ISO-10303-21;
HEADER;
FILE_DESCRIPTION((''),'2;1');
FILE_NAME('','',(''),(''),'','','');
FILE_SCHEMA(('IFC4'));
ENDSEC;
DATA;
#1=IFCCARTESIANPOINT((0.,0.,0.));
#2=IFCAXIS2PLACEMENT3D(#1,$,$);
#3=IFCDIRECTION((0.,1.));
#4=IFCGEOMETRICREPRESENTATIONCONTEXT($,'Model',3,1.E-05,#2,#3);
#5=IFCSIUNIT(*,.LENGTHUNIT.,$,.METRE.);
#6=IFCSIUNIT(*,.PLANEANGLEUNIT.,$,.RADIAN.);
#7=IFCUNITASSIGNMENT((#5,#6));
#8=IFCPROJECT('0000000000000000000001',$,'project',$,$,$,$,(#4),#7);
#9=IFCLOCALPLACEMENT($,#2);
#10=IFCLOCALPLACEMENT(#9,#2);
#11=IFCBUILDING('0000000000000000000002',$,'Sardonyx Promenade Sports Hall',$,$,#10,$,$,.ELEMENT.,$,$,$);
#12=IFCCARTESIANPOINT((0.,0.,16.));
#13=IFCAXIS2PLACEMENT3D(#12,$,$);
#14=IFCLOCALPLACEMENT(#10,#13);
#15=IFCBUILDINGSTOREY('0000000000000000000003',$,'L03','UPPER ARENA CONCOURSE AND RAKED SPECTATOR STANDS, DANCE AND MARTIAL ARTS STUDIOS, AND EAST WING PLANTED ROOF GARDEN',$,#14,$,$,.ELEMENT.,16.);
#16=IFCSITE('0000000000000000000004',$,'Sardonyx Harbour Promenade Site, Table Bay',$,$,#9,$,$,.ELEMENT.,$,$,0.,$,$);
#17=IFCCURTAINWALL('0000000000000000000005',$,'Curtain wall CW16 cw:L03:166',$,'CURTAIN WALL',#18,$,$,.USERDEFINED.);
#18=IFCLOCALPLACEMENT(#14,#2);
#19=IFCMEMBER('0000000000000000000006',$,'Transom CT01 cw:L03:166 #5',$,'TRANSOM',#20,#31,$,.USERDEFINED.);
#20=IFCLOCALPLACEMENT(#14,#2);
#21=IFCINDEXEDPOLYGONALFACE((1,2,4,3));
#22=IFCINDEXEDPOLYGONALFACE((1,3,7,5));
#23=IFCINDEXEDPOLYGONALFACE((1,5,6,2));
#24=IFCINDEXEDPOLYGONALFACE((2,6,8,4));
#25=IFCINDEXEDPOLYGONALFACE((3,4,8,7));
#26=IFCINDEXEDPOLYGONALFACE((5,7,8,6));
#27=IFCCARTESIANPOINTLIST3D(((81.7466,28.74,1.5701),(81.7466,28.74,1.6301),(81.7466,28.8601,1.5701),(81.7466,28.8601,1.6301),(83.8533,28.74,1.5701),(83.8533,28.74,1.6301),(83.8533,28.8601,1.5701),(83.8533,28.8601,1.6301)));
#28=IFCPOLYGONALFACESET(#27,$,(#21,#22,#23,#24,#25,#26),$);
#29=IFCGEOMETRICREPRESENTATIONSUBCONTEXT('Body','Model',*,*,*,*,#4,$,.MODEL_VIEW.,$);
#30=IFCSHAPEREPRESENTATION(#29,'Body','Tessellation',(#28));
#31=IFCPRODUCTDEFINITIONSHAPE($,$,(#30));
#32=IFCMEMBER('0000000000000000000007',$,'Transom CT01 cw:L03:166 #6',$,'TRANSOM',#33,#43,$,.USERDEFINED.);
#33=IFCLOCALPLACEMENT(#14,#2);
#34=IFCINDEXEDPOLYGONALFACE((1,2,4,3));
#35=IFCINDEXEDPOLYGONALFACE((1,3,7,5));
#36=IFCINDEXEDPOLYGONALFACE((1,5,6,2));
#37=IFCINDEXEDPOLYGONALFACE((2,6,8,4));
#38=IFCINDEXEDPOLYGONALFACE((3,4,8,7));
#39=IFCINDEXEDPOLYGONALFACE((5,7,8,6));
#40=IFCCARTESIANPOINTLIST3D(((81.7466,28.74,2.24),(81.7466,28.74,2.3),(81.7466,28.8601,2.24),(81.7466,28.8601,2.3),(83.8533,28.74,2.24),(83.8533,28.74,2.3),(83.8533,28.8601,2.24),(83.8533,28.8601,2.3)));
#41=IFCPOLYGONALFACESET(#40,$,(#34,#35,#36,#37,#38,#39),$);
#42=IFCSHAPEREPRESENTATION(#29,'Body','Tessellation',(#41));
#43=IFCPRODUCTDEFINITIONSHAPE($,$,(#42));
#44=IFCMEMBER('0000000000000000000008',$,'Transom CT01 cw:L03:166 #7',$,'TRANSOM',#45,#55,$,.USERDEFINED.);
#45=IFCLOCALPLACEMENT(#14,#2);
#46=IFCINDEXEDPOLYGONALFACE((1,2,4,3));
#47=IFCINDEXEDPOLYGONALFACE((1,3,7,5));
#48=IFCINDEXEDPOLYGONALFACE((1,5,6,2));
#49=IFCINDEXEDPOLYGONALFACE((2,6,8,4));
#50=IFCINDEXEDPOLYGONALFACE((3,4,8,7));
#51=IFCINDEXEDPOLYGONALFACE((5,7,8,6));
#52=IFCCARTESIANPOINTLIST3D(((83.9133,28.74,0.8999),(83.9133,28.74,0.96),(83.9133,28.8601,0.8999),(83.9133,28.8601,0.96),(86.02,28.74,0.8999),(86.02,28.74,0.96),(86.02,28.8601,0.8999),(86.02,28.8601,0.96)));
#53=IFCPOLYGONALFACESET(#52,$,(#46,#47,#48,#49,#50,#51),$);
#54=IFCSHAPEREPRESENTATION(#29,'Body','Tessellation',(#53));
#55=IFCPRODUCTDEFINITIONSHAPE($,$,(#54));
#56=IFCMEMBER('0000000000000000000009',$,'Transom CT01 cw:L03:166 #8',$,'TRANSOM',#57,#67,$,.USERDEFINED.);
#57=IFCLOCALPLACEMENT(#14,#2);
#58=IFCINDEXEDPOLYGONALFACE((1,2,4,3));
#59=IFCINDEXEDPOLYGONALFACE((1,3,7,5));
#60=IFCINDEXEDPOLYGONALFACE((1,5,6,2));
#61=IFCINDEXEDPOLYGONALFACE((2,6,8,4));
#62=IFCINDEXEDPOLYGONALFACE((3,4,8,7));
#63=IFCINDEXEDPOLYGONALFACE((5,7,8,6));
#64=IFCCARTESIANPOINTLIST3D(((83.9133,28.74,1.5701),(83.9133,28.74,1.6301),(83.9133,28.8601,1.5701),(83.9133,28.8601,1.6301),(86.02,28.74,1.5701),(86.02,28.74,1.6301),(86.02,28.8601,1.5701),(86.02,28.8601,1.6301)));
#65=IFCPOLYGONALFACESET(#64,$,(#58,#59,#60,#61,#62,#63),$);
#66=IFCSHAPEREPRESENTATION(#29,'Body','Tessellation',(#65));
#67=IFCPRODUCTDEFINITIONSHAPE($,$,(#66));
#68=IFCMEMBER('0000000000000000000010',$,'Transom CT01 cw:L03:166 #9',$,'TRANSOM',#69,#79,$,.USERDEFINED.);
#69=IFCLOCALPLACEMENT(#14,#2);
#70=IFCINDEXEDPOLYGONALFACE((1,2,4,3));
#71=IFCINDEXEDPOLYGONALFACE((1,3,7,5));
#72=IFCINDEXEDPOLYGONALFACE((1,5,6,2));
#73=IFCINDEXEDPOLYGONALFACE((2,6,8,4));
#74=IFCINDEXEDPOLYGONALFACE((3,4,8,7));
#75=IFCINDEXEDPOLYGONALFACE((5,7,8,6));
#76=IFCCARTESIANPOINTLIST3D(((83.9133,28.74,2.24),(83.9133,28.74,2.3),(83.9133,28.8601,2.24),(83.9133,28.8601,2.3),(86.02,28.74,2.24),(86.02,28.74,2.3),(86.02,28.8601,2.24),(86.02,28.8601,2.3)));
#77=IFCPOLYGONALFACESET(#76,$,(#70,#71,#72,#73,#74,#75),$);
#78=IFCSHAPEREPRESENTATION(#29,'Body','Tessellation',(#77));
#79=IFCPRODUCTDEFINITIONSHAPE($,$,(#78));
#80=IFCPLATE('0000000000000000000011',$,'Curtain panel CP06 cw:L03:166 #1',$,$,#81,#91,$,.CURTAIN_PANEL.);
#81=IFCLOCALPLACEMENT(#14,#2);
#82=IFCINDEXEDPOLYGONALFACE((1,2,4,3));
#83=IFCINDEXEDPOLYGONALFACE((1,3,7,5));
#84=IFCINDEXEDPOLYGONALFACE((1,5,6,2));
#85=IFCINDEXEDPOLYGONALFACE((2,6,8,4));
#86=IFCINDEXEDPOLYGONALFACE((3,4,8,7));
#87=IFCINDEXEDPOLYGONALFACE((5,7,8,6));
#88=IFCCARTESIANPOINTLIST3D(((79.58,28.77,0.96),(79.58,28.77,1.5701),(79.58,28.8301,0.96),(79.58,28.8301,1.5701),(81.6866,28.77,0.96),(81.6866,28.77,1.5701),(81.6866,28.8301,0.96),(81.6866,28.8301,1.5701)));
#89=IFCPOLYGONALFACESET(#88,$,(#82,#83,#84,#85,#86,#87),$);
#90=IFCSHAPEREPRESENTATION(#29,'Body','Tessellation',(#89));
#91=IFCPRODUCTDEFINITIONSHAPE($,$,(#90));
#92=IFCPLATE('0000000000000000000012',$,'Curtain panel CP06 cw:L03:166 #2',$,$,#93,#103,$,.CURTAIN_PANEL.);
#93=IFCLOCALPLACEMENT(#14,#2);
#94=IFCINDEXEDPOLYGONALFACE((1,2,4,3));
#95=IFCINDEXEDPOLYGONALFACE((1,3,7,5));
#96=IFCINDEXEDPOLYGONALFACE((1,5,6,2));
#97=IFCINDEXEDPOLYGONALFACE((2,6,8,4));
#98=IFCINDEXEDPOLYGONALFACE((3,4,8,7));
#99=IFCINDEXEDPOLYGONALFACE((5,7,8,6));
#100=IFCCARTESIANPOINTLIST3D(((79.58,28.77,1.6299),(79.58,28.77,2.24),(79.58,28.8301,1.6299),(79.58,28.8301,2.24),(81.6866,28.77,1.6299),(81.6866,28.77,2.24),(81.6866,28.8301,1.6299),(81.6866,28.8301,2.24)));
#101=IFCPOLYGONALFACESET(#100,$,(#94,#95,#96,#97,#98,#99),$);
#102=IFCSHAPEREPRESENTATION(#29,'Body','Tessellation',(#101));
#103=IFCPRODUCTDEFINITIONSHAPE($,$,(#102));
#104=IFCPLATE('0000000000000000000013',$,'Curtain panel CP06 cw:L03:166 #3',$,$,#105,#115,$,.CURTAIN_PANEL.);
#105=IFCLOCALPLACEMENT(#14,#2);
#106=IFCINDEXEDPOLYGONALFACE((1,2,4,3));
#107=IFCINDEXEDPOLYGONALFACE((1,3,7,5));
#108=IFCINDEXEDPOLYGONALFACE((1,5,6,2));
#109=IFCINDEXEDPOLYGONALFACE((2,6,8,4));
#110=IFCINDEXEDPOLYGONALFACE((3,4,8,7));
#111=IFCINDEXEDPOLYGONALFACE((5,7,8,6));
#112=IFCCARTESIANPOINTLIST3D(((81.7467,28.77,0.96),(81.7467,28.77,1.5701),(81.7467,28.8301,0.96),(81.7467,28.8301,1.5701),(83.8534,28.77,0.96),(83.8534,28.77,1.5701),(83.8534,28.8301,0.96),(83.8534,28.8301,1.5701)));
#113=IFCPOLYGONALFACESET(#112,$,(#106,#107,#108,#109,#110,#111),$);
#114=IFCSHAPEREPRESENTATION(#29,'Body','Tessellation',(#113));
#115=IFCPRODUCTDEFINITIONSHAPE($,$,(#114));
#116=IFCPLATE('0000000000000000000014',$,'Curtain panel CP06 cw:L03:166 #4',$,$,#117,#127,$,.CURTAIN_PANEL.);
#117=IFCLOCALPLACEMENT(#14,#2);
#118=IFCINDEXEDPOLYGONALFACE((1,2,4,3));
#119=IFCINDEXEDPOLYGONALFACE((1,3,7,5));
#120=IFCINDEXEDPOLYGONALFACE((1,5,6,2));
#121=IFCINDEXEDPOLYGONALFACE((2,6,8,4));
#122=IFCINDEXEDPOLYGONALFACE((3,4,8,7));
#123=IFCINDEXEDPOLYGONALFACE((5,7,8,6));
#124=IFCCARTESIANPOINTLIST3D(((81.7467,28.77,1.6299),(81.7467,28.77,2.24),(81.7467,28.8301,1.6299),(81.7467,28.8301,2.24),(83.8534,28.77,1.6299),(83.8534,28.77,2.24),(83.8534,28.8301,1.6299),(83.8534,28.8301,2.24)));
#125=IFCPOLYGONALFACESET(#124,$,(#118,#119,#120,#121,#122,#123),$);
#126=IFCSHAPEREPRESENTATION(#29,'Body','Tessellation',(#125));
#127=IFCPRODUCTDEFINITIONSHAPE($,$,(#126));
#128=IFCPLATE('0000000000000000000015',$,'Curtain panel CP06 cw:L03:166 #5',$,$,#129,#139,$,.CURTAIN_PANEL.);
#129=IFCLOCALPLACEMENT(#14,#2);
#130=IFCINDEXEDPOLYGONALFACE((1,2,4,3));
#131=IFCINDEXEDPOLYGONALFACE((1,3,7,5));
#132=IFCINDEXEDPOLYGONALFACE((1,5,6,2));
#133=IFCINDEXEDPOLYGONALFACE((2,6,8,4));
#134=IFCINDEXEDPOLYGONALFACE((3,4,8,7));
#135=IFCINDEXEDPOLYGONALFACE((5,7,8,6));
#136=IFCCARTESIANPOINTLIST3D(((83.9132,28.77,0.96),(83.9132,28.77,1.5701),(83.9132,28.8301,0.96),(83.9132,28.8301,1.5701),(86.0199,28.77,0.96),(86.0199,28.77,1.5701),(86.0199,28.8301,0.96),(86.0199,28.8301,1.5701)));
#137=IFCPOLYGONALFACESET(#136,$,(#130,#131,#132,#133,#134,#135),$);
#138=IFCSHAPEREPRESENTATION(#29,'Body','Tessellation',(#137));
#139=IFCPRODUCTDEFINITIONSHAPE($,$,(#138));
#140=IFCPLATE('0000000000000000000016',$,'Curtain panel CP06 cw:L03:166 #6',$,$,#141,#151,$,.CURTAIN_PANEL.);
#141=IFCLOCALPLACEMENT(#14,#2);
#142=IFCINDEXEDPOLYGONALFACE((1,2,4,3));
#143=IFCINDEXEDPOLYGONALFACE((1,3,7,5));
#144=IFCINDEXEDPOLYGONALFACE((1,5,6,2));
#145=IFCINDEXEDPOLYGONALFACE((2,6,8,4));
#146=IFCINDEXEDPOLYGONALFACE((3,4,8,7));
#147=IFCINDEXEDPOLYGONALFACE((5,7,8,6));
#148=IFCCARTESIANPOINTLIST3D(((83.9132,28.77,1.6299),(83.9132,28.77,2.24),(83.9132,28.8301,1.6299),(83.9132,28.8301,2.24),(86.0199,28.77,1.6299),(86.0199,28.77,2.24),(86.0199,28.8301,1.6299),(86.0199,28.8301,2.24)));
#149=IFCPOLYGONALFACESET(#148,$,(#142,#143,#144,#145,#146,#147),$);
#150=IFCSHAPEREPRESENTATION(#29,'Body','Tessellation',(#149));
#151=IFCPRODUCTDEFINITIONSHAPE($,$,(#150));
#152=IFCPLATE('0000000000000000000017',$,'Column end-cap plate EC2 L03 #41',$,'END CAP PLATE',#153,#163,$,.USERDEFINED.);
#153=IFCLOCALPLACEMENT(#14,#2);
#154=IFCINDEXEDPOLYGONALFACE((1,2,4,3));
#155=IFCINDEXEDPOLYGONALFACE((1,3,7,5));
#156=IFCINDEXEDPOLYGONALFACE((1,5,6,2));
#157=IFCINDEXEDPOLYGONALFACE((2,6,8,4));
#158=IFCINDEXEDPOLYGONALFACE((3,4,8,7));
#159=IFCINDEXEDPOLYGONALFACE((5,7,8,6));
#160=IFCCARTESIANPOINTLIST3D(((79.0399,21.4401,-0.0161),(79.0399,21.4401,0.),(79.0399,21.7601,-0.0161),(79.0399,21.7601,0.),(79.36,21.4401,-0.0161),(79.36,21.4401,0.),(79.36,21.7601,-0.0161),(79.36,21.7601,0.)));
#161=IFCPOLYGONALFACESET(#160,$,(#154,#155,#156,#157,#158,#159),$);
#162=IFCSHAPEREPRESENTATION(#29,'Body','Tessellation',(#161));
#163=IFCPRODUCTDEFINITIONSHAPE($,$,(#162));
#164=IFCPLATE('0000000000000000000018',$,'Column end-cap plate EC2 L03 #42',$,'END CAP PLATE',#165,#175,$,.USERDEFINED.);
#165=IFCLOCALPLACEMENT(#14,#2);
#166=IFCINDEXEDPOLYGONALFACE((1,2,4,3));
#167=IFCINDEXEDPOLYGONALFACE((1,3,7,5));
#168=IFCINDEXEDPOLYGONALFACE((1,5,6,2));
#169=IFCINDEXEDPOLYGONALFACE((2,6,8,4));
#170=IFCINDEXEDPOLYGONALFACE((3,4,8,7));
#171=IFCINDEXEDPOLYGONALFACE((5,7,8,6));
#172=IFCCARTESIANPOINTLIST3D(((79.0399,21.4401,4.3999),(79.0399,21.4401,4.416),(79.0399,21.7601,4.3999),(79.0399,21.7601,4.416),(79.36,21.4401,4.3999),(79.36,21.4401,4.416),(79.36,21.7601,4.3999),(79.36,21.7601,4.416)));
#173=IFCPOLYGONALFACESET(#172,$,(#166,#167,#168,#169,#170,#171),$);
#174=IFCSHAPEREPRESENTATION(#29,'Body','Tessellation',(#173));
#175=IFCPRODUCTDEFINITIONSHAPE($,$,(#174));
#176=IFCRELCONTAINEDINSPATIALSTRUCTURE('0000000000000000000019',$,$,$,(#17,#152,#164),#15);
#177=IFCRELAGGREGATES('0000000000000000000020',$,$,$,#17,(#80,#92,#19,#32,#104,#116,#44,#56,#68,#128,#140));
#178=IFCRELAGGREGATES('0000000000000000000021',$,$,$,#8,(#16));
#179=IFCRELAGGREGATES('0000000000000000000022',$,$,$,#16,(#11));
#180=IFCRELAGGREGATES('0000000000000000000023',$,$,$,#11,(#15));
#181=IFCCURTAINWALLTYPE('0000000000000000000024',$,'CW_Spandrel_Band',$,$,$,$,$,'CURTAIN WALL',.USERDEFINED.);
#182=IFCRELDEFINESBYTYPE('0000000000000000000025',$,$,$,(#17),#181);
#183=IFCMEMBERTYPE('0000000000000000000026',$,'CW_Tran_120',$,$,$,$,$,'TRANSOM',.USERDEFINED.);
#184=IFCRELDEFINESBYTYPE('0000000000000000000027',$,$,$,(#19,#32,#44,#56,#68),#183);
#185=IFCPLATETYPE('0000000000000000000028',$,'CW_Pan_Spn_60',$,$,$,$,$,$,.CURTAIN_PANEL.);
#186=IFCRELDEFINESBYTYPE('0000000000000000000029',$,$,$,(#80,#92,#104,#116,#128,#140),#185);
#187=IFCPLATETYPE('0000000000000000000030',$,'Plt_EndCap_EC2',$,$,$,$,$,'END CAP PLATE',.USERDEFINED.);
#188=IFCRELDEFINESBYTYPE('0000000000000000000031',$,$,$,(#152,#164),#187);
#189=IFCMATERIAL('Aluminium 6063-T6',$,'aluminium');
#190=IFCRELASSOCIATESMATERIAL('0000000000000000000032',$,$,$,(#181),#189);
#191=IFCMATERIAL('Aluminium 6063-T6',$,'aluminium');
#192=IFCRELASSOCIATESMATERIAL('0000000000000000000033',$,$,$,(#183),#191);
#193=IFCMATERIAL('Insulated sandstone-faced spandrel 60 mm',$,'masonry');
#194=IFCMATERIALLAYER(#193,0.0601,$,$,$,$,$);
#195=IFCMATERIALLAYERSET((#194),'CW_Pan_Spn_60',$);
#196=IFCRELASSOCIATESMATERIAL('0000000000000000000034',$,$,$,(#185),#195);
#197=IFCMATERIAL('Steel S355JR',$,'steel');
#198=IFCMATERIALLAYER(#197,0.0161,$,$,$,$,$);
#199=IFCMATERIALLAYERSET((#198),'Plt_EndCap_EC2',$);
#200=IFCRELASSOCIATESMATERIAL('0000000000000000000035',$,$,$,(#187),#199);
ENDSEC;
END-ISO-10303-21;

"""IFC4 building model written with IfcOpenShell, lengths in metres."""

from ifc_helpers import new_model, si_unit, direction, frame, origin, origin_2d, place, context, subcontext, project, spatial, rectangle, extrude, material, layer, layer_set, material_profile, profile_set, type_object, element, aggregate, save


model = new_model("IFC4")

# Units and contexts
model_context = context("Model", 3, precision=1e-05, world=origin(), true_north=direction((0.0, 1.0)))
body_context = subcontext(model_context, "Body", "Model", "MODEL_VIEW")
ifc_project = project(units=[si_unit("LENGTHUNIT", "METRE"), si_unit("PLANEANGLEUNIT", "RADIAN")], contexts=[model_context])

# Site, building, storey
site_placement = place(None, origin())
site = spatial("IfcSite", under=ifc_project, at=site_placement, Name="Sardonyx Harbour Promenade Site, Table Bay", CompositionType="ELEMENT", RefElevation=0.0)
building_placement = place(site_placement, origin())
building = spatial("IfcBuilding", under=site, at=building_placement, Name="Sardonyx Promenade Sports Hall", CompositionType="ELEMENT")
storey_placement = place(building_placement, frame((0.0, 0.0, 16.0)))
storey = spatial("IfcBuildingStorey", under=building, at=storey_placement, Name="L03", Description="UPPER ARENA CONCOURSE AND RAKED SPECTATOR STANDS, DANCE AND MARTIAL ARTS STUDIOS, AND EAST WING PLANTED ROOF GARDEN", CompositionType="ELEMENT", Elevation=16.0)

# Curtain wall, members, plates
ifc_material_1 = material(Name="Aluminium 6063-T6", Category="aluminium")
curtain_wall_type = type_object("IfcCurtainWallType", Name="CW_Spandrel_Band", ElementType="CURTAIN WALL", PredefinedType="USERDEFINED", material=ifc_material_1)
curtain_wall_placement = place(storey_placement, origin())
curtain_wall = element("IfcCurtainWall", 1, at=curtain_wall_placement, inside=storey, type_object=curtain_wall_type, Name="Curtain wall CW16 cw:L03:166", ObjectType="CURTAIN WALL", PredefinedType="USERDEFINED")
ifc_material_2 = material(Name="Aluminium 6063-T6", Category="aluminium")
ifc_material_profile_1 = material_profile(ifc_material_2, rectangle(XDim=0.0601, YDim=0.1201, at=origin_2d()))
ifc_profile_set_1 = profile_set([ifc_material_profile_1], Name="Aluminium 6063-T6")
member_type_1 = type_object("IfcMemberType", Name="CW_Tran_120", ElementType="TRANSOM", PredefinedType="USERDEFINED", material=ifc_profile_set_1)
member_1_placement = place(storey_placement, frame((81.7466, 28.8, 1.6001), z_axis=(1.0, 0.0, 0.0), x_axis=(0.0, 0.0, 1.0)))
member_1 = element("IfcMember", 2, at=member_1_placement, type_object=member_type_1, Name="Transom CT01 cw:L03:166 #5", ObjectType="TRANSOM", PredefinedType="USERDEFINED", context=body_context, shape_type="SweptSolid", body=[
    extrude(rectangle(XDim=0.0601, YDim=0.1201, at=origin_2d()), origin(), (0.0, 0.0, 1.0), 2.1067),
])
member_2_placement = place(storey_placement, frame((81.7466, 28.8, 2.27), z_axis=(1.0, 0.0, 0.0), x_axis=(0.0, 0.0, 1.0)))
member_2 = element("IfcMember", 3, at=member_2_placement, type_object=member_type_1, Name="Transom CT01 cw:L03:166 #6", ObjectType="TRANSOM", PredefinedType="USERDEFINED", context=body_context, shape_type="SweptSolid", body=[
    extrude(rectangle(XDim=0.0601, YDim=0.1201, at=origin_2d()), origin(), (0.0, 0.0, 1.0), 2.1067),
])
member_3_placement = place(storey_placement, frame((83.9133, 28.8, 0.9299), z_axis=(1.0, 0.0, 0.0), x_axis=(0.0, 0.0, 1.0)))
member_3 = element("IfcMember", 4, at=member_3_placement, type_object=member_type_1, Name="Transom CT01 cw:L03:166 #7", ObjectType="TRANSOM", PredefinedType="USERDEFINED", context=body_context, shape_type="SweptSolid", body=[
    extrude(rectangle(XDim=0.0601, YDim=0.1201, at=origin_2d()), origin(), (0.0, 0.0, 1.0), 2.1067),
])
member_4_placement = place(storey_placement, frame((83.9133, 28.8, 1.6001), z_axis=(1.0, 0.0, 0.0), x_axis=(0.0, 0.0, 1.0)))
member_4 = element("IfcMember", 5, at=member_4_placement, type_object=member_type_1, Name="Transom CT01 cw:L03:166 #8", ObjectType="TRANSOM", PredefinedType="USERDEFINED", context=body_context, shape_type="SweptSolid", body=[
    extrude(rectangle(XDim=0.0601, YDim=0.1201, at=origin_2d()), origin(), (0.0, 0.0, 1.0), 2.1067),
])
member_5_placement = place(storey_placement, frame((83.9133, 28.8, 2.27), z_axis=(1.0, 0.0, 0.0), x_axis=(0.0, 0.0, 1.0)))
member_5 = element("IfcMember", 6, at=member_5_placement, type_object=member_type_1, Name="Transom CT01 cw:L03:166 #9", ObjectType="TRANSOM", PredefinedType="USERDEFINED", context=body_context, shape_type="SweptSolid", body=[
    extrude(rectangle(XDim=0.0601, YDim=0.1201, at=origin_2d()), origin(), (0.0, 0.0, 1.0), 2.1067),
])
ifc_material_3 = material(Name="Insulated sandstone-faced spandrel 60 mm", Category="masonry")
ifc_layer_1 = layer(ifc_material_3, 0.0601)
ifc_layer_set_1 = layer_set([ifc_layer_1], Name="CW_Pan_Spn_60")
plate_type_1 = type_object("IfcPlateType", Name="CW_Pan_Spn_60", PredefinedType="CURTAIN_PANEL", material=ifc_layer_set_1)
plate_1_placement = place(storey_placement, frame((80.6333, 28.8, 0.96), z_axis=(0.0, 0.0, 1.0), x_axis=(1.0, 0.0, 0.0)))
plate_1 = element("IfcPlate", 7, at=plate_1_placement, type_object=plate_type_1, Name="Curtain panel CP06 cw:L03:166 #1", PredefinedType="CURTAIN_PANEL", context=body_context, shape_type="SweptSolid", body=[
    extrude(rectangle(XDim=2.1067, YDim=0.0601, at=origin_2d()), origin(), (0.0, 0.0, 1.0), 0.6101),
])
plate_2_placement = place(storey_placement, frame((80.6333, 28.8, 1.6299), z_axis=(0.0, 0.0, 1.0), x_axis=(1.0, 0.0, 0.0)))
plate_2 = element("IfcPlate", 8, at=plate_2_placement, type_object=plate_type_1, Name="Curtain panel CP06 cw:L03:166 #2", PredefinedType="CURTAIN_PANEL", context=body_context, shape_type="SweptSolid", body=[
    extrude(rectangle(XDim=2.1067, YDim=0.0601, at=origin_2d()), origin(), (0.0, 0.0, 1.0), 0.6101),
])
plate_3_placement = place(storey_placement, frame((82.8, 28.8, 0.96), z_axis=(0.0, 0.0, 1.0), x_axis=(1.0, 0.0, 0.0)))
plate_3 = element("IfcPlate", 9, at=plate_3_placement, type_object=plate_type_1, Name="Curtain panel CP06 cw:L03:166 #3", PredefinedType="CURTAIN_PANEL", context=body_context, shape_type="SweptSolid", body=[
    extrude(rectangle(XDim=2.1067, YDim=0.0601, at=origin_2d()), origin(), (0.0, 0.0, 1.0), 0.6101),
])
plate_4_placement = place(storey_placement, frame((82.8, 28.8, 1.6299), z_axis=(0.0, 0.0, 1.0), x_axis=(1.0, 0.0, 0.0)))
plate_4 = element("IfcPlate", 10, at=plate_4_placement, type_object=plate_type_1, Name="Curtain panel CP06 cw:L03:166 #4", PredefinedType="CURTAIN_PANEL", context=body_context, shape_type="SweptSolid", body=[
    extrude(rectangle(XDim=2.1067, YDim=0.0601, at=origin_2d()), origin(), (0.0, 0.0, 1.0), 0.6101),
])
plate_5_placement = place(storey_placement, frame((84.9666, 28.8, 0.96), z_axis=(0.0, 0.0, 1.0), x_axis=(1.0, 0.0, 0.0)))
plate_5 = element("IfcPlate", 11, at=plate_5_placement, type_object=plate_type_1, Name="Curtain panel CP06 cw:L03:166 #5", PredefinedType="CURTAIN_PANEL", context=body_context, shape_type="SweptSolid", body=[
    extrude(rectangle(XDim=2.1067, YDim=0.0601, at=origin_2d()), origin(), (0.0, 0.0, 1.0), 0.6101),
])
plate_6_placement = place(storey_placement, frame((84.9666, 28.8, 1.6299), z_axis=(0.0, 0.0, 1.0), x_axis=(1.0, 0.0, 0.0)))
plate_6 = element("IfcPlate", 12, at=plate_6_placement, type_object=plate_type_1, Name="Curtain panel CP06 cw:L03:166 #6", PredefinedType="CURTAIN_PANEL", context=body_context, shape_type="SweptSolid", body=[
    extrude(rectangle(XDim=2.1067, YDim=0.0601, at=origin_2d()), origin(), (0.0, 0.0, 1.0), 0.6101),
])
aggregate(curtain_wall, [plate_1, plate_2, member_1, member_2, plate_3, plate_4, member_3, member_4, member_5, plate_5, plate_6])

# Plates
ifc_material_4 = material(Name="Steel S355JR", Category="steel")
ifc_layer_2 = layer(ifc_material_4, 0.0161)
ifc_layer_set_2 = layer_set([ifc_layer_2], Name="Plt_EndCap_EC2")
plate_type_2 = type_object("IfcPlateType", Name="Plt_EndCap_EC2", ElementType="END CAP PLATE", PredefinedType="USERDEFINED", material=ifc_layer_set_2)
for number, where, z_axis, x_axis, name in (
    (13, (79.2, 21.6001, -0.0161), (0.0, 0.0, 1.0), (1.0, 0.0, 0.0), "Column end-cap plate EC2 L03 #41"),
    (14, (79.2, 21.6001, 4.3999), (0.0, 0.0, 1.0), (1.0, 0.0, 0.0), "Column end-cap plate EC2 L03 #42"),
):
    element("IfcPlate", number, at=place(storey_placement, frame(where, z_axis=z_axis, x_axis=x_axis)), inside=storey, type_object=plate_type_2, Name=name, ObjectType="END CAP PLATE", PredefinedType="USERDEFINED", context=body_context, shape_type="SweptSolid", body=[
        extrude(rectangle(XDim=0.3201, YDim=0.3201, at=origin_2d()), origin(), (0.0, 0.0, 1.0), 0.0161),
    ])

save(model, "model.ifc")
